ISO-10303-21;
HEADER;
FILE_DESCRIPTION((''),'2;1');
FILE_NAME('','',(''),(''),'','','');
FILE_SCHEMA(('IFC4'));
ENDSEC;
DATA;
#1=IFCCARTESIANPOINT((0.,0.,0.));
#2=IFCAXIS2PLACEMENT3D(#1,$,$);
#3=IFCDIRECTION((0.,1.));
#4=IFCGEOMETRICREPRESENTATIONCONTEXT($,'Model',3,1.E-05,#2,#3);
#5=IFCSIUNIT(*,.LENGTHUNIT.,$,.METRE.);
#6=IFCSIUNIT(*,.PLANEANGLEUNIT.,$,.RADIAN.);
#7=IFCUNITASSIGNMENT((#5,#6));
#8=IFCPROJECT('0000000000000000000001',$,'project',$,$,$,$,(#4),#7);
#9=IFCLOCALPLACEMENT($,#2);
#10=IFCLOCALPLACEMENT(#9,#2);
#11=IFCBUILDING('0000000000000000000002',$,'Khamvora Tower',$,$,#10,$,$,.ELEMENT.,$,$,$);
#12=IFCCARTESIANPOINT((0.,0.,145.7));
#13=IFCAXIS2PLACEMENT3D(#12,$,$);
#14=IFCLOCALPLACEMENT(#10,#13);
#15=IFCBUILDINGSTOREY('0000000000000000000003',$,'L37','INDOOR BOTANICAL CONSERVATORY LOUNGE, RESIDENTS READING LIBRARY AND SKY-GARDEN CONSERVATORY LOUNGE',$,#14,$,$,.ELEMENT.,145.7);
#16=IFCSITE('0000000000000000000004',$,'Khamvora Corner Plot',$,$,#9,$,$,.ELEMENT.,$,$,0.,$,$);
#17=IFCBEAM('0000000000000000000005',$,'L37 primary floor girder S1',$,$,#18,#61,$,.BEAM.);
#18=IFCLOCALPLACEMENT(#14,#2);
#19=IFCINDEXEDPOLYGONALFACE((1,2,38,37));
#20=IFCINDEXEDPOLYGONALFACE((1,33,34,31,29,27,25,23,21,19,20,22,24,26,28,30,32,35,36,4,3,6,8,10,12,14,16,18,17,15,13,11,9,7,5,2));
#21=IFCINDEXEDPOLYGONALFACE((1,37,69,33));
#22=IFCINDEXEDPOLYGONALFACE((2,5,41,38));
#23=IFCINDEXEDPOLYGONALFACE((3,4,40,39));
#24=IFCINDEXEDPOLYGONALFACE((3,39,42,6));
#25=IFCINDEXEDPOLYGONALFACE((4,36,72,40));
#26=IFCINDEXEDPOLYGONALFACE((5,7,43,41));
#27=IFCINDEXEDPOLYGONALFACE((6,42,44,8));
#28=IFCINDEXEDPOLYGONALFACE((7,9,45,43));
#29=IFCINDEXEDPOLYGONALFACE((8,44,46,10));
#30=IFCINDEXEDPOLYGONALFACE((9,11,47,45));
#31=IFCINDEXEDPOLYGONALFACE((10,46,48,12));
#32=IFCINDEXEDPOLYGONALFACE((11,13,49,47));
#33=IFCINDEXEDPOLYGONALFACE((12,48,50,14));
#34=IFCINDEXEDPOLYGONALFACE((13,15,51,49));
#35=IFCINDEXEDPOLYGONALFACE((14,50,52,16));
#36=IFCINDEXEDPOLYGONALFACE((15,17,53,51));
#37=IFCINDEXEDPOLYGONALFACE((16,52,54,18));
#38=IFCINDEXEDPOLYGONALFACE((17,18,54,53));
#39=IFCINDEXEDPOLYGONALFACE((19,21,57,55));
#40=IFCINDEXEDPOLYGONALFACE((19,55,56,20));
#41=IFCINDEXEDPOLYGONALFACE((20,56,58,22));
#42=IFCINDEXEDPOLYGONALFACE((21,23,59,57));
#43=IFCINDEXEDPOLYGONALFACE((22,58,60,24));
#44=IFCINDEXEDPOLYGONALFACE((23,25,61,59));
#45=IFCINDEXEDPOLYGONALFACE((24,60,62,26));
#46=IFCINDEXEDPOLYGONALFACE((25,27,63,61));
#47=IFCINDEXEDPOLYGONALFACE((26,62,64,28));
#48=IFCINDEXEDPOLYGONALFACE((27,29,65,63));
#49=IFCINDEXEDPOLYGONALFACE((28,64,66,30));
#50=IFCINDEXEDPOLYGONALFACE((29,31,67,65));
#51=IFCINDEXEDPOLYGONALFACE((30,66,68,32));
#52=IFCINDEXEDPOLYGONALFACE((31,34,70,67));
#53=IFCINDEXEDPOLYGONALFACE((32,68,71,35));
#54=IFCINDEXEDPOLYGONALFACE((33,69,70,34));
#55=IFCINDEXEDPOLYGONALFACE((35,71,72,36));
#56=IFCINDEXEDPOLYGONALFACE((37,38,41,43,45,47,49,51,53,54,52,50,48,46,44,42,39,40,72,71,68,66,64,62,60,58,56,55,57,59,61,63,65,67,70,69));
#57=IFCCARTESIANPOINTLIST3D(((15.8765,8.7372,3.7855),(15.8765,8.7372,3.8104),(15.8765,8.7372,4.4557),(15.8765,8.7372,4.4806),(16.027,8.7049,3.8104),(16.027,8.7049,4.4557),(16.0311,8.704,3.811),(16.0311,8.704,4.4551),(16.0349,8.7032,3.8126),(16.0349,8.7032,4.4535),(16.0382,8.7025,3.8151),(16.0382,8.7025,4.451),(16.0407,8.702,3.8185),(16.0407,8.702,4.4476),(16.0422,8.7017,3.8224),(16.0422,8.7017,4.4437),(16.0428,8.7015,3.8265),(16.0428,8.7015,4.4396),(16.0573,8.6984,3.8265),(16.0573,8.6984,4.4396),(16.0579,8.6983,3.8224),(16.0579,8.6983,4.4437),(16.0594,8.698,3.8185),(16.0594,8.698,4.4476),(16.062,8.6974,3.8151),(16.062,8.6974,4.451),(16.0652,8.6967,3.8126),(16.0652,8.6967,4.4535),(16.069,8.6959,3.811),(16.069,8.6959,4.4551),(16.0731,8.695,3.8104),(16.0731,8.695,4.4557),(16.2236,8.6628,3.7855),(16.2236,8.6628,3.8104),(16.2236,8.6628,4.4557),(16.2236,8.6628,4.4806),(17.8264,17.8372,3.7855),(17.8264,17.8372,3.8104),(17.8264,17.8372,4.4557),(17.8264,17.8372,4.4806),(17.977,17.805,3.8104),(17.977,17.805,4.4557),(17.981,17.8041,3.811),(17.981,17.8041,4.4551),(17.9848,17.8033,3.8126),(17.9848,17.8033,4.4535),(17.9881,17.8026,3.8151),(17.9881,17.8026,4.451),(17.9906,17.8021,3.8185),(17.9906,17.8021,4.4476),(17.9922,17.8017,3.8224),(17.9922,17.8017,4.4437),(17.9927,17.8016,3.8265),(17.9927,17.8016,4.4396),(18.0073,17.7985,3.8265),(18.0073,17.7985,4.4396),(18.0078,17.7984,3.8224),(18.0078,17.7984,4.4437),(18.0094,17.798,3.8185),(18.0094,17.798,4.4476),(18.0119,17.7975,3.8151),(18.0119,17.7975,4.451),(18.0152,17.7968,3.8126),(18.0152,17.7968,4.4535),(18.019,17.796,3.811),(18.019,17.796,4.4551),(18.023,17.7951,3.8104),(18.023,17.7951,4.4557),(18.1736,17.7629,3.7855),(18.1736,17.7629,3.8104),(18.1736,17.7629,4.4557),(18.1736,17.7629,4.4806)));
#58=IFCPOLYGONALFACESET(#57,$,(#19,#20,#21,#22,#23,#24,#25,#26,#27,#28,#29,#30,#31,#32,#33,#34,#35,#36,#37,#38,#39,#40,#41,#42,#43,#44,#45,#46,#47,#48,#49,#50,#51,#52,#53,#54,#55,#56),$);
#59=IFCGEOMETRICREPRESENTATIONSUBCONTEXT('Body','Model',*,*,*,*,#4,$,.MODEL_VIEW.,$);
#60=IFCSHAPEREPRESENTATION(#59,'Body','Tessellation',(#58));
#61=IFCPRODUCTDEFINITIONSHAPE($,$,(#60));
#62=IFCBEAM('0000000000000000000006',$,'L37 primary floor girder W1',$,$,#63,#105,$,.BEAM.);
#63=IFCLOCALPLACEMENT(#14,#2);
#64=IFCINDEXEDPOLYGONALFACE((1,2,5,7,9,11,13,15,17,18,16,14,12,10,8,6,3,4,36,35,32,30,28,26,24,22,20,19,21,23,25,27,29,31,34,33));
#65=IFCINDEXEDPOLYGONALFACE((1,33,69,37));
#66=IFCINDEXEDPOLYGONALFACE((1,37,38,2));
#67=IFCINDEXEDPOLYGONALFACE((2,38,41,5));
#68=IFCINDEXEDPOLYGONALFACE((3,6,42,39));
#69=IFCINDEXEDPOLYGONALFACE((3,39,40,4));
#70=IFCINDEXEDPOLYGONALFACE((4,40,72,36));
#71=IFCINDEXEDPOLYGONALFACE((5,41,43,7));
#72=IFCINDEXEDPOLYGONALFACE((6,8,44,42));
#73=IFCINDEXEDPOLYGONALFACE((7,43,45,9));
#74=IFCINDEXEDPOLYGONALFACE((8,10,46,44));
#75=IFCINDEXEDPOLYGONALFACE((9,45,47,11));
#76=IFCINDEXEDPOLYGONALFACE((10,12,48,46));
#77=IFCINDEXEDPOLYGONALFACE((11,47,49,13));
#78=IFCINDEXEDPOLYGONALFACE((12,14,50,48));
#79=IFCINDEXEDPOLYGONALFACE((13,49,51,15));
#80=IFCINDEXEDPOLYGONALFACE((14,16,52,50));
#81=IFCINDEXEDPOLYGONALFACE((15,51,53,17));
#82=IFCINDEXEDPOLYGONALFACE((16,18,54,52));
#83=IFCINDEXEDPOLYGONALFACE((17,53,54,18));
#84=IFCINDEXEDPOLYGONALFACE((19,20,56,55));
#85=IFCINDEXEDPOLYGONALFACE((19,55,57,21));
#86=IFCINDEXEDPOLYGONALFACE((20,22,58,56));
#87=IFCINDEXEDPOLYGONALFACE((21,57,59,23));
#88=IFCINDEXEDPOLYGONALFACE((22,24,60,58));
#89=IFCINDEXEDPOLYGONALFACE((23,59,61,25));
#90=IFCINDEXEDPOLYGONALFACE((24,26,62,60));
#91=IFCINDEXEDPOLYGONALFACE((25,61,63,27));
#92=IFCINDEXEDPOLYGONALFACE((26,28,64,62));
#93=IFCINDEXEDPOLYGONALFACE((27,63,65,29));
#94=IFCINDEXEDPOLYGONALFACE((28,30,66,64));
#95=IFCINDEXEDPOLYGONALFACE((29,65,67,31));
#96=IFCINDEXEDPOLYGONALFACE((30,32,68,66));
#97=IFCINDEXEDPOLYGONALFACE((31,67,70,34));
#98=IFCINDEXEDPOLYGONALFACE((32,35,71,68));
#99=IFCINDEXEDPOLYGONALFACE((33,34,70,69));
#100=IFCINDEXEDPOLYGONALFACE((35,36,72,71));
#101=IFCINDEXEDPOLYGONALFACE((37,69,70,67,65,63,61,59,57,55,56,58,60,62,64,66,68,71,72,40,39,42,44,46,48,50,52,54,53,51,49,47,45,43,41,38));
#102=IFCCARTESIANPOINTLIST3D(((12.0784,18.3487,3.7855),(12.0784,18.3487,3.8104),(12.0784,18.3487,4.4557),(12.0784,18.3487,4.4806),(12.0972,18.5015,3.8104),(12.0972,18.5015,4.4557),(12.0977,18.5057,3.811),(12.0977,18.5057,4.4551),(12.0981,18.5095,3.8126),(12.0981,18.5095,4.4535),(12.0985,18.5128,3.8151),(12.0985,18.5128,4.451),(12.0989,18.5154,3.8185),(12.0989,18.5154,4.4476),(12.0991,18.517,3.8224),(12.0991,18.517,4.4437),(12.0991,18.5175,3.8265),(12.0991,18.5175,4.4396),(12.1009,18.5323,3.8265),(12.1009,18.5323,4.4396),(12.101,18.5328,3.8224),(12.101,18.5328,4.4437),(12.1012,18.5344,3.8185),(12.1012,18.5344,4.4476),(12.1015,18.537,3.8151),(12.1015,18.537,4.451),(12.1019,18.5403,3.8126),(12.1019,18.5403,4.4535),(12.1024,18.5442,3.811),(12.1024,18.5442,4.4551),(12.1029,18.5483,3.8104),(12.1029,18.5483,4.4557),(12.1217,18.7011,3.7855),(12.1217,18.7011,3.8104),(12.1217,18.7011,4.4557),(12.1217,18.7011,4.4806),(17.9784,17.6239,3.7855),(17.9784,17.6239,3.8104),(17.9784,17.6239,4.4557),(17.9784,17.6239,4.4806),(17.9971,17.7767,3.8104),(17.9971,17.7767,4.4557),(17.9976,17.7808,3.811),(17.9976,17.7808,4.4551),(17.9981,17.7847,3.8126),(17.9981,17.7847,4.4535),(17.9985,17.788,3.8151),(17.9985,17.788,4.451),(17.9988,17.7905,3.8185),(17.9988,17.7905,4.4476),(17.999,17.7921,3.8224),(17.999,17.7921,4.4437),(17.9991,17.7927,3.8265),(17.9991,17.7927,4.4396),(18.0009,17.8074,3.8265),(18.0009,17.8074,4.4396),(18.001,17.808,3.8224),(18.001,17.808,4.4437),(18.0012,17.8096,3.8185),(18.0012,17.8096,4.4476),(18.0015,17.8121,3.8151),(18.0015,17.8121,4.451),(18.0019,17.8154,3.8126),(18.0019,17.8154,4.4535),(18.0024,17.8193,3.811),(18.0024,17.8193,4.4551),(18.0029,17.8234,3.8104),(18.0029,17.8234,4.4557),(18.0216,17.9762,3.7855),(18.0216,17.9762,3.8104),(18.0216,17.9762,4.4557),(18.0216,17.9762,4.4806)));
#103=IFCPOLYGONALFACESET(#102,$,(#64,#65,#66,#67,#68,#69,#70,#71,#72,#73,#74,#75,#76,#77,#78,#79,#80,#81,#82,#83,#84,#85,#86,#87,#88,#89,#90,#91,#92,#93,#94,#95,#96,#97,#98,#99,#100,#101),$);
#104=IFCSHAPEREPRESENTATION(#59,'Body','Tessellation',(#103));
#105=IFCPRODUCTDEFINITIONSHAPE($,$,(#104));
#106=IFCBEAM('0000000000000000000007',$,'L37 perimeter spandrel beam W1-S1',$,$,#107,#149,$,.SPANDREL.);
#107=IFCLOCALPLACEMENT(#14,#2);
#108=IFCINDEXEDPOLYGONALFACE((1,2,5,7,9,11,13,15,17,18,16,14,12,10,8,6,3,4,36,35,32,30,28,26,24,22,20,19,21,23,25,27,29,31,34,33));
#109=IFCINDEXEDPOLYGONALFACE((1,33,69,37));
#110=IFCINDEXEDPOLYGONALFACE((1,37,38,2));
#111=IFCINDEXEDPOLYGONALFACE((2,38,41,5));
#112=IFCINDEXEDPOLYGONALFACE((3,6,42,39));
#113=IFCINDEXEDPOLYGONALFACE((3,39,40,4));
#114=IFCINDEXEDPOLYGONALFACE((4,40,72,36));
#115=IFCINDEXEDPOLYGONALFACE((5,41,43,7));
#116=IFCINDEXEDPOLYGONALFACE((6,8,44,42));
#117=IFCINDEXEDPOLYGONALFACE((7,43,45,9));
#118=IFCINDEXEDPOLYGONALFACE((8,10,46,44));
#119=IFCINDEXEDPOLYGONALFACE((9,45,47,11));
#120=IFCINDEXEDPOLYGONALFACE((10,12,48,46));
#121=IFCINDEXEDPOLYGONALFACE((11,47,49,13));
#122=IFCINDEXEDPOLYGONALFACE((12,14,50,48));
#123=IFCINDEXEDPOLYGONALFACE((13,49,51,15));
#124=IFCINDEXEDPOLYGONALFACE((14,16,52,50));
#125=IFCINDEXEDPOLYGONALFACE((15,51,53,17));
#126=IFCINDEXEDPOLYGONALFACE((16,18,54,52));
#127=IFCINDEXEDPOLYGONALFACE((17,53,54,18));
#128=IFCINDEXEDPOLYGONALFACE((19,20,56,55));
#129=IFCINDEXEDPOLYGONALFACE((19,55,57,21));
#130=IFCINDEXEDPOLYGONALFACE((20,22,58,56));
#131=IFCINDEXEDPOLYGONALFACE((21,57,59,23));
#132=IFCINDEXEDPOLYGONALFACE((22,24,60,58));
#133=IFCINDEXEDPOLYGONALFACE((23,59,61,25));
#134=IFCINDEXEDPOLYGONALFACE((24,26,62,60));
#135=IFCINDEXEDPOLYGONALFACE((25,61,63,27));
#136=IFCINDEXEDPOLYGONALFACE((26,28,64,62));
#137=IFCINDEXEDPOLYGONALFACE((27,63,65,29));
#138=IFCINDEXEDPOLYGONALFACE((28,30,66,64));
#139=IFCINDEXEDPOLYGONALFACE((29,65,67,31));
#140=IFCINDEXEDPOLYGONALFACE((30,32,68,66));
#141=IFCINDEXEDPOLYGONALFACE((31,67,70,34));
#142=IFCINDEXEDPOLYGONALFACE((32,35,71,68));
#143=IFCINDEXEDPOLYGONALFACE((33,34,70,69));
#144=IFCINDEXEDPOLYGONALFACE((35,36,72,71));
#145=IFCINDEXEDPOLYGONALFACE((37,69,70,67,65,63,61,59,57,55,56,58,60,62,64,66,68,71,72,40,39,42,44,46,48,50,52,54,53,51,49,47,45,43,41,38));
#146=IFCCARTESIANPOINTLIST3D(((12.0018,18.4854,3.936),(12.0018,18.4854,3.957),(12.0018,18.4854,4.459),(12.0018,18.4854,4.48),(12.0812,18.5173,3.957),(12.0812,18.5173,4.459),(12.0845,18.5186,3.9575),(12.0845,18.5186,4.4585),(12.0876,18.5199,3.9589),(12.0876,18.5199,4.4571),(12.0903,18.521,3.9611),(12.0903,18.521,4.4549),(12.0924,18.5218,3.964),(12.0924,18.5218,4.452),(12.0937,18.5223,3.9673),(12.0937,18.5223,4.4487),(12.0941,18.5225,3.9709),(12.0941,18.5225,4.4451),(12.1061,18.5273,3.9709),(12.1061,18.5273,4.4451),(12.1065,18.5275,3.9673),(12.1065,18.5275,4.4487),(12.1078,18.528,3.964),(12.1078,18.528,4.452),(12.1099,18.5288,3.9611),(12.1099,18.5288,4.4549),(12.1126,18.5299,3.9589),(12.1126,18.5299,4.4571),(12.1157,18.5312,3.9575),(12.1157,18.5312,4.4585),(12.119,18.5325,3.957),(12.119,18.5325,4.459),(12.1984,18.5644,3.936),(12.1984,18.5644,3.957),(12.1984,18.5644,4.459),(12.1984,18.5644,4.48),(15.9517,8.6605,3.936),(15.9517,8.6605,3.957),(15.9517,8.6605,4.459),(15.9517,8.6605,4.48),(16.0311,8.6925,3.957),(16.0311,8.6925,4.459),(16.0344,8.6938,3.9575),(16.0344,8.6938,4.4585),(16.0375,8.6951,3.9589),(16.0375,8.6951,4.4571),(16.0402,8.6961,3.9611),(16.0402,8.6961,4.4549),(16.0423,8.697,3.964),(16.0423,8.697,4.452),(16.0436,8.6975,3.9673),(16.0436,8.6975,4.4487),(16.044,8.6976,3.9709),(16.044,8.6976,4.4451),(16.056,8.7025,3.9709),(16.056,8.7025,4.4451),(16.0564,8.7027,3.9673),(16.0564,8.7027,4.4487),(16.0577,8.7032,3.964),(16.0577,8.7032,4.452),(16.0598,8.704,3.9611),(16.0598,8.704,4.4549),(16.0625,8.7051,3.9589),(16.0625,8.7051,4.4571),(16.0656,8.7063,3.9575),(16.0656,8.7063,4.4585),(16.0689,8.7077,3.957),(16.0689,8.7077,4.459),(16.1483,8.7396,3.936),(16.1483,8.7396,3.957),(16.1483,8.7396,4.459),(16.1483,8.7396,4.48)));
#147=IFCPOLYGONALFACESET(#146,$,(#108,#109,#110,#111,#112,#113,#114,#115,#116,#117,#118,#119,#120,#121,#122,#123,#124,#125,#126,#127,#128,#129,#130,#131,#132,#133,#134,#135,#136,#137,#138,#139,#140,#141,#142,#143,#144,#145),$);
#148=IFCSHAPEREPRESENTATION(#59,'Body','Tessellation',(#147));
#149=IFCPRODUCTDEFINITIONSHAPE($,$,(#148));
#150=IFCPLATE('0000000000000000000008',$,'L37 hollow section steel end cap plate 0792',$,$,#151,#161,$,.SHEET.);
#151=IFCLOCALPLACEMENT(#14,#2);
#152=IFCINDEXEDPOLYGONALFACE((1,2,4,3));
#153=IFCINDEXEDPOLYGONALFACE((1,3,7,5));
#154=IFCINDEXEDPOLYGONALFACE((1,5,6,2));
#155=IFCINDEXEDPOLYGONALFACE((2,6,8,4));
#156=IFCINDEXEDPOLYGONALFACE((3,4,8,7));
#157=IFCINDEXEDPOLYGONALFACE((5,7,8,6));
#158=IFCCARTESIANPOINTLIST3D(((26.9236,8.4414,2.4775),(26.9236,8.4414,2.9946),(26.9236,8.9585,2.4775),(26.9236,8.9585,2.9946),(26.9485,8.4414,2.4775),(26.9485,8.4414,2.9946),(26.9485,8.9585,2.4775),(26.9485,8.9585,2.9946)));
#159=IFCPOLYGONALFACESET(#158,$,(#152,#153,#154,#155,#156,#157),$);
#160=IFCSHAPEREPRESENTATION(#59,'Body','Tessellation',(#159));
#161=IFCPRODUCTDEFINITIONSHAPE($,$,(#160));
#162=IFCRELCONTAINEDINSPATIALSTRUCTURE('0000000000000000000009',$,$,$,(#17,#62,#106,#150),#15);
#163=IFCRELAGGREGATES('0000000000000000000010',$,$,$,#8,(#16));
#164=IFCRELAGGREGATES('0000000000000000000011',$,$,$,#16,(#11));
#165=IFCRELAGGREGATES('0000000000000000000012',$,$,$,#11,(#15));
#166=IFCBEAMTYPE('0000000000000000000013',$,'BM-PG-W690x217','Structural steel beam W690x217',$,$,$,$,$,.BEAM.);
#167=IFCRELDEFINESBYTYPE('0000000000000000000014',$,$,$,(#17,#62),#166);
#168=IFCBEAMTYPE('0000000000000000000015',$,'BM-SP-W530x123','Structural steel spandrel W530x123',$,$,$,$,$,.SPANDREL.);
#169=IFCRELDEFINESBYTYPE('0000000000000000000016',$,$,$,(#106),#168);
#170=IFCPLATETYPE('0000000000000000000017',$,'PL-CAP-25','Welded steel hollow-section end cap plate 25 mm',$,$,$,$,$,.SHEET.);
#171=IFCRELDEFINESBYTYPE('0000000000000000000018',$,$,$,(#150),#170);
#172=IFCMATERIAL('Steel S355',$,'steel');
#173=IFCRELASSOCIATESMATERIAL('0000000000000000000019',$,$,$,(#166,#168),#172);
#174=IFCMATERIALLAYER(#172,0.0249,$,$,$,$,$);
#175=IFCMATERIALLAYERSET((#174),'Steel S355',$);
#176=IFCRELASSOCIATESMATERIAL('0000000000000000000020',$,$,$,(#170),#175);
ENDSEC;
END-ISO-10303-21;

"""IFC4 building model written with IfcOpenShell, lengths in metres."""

from ifc_helpers import new_model, si_unit, direction, frame, origin, origin_2d, place, context, subcontext, project, spatial, rectangle, i_section, extrude, material, layer, layer_set, material_profile, profile_set, type_object, element, save


model = new_model("IFC4")

# Units and contexts
model_context = context("Model", 3, precision=1e-05, world=origin(), true_north=direction((0.0, 1.0)))
body_context = subcontext(model_context, "Body", "Model", "MODEL_VIEW")
ifc_project = project(units=[si_unit("LENGTHUNIT", "METRE"), si_unit("PLANEANGLEUNIT", "RADIAN")], contexts=[model_context])

# Site, building, storey
site_placement = place(None, origin())
site = spatial("IfcSite", under=ifc_project, at=site_placement, Name="Khamvora Corner Plot", CompositionType="ELEMENT", RefElevation=0.0)
building_placement = place(site_placement, origin())
building = spatial("IfcBuilding", under=site, at=building_placement, Name="Khamvora Tower", CompositionType="ELEMENT")
storey_placement = place(building_placement, frame((0.0, 0.0, 145.7)))
storey = spatial("IfcBuildingStorey", under=building, at=storey_placement, Name="L37", Description="INDOOR BOTANICAL CONSERVATORY LOUNGE, RESIDENTS READING LIBRARY AND SKY-GARDEN CONSERVATORY LOUNGE", CompositionType="ELEMENT", Elevation=145.7)

# Shared definitions
ifc_material_1 = material(Name="Steel S355", Category="steel")

# Beams
ifc_material_profile_1 = material_profile(ifc_material_1, i_section(OverallWidth=0.355, OverallDepth=0.6951, WebThickness=0.0149, FlangeThickness=0.0249, FilletRadius=0.0161, at=origin_2d()), Name="W690x217")
ifc_profile_set_1 = profile_set([ifc_material_profile_1], Name="Steel S355")
beam_type_1 = type_object("IfcBeamType", Name="BM-PG-W690x217", Description="Structural steel beam W690x217", PredefinedType="BEAM", material=ifc_profile_set_1)
beam_1_placement = place(storey_placement, frame((18.0, 17.8, 4.1331), z_axis=(-0.209522, -0.977804, 0.0), x_axis=(0.977804, -0.209522, 0.0)))
element("IfcBeam", 1, at=beam_1_placement, inside=storey, type_object=beam_type_1, Name="L37 primary floor girder S1", PredefinedType="BEAM", context=body_context, shape_type="SweptSolid", body=[
    extrude(i_section(OverallWidth=0.355, OverallDepth=0.6951, WebThickness=0.0149, FlangeThickness=0.0249, FilletRadius=0.0161, at=origin_2d()), origin(), (0.0, 0.0, 1.0), 9.3066),
])
beam_2_placement = place(storey_placement, frame((18.0, 17.8, 4.1331), z_axis=(-0.992537, 0.121942, 0.0), x_axis=(-0.121942, -0.992537, 0.0)))
element("IfcBeam", 2, at=beam_2_placement, inside=storey, type_object=beam_type_1, Name="L37 primary floor girder W1", PredefinedType="BEAM", context=body_context, shape_type="SweptSolid", body=[
    extrude(i_section(OverallWidth=0.355, OverallDepth=0.6951, WebThickness=0.0149, FlangeThickness=0.0249, FilletRadius=0.0161, at=origin_2d()), origin(), (0.0, 0.0, 1.0), 5.9443),
])
ifc_material_profile_2 = material_profile(ifc_material_1, i_section(OverallWidth=0.2119, OverallDepth=0.5439, WebThickness=0.0129, FlangeThickness=0.021, FilletRadius=0.0139, at=origin_2d()), Name="W530x123")
ifc_profile_set_2 = profile_set([ifc_material_profile_2], Name="Steel S355")
beam_type_2 = type_object("IfcBeamType", Name="BM-SP-W530x123", Description="Structural steel spandrel W530x123", PredefinedType="SPANDREL", material=ifc_profile_set_2)
beam_3_placement = place(storey_placement, frame((12.1001, 18.5249, 4.208), z_axis=(0.373016, -0.927825, 0.0), x_axis=(0.927825, 0.373016, 0.0)))
element("IfcBeam", 3, at=beam_3_placement, inside=storey, type_object=beam_type_2, Name="L37 perimeter spandrel beam W1-S1", PredefinedType="SPANDREL", context=body_context, shape_type="SweptSolid", body=[
    extrude(i_section(OverallWidth=0.2119, OverallDepth=0.5439, WebThickness=0.0129, FlangeThickness=0.021, FilletRadius=0.0139, at=origin_2d()), origin(), (0.0, 0.0, 1.0), 10.5891),
])

# Plate
ifc_layer_1 = layer(ifc_material_1, 0.0249)
ifc_layer_set_1 = layer_set([ifc_layer_1], Name="Steel S355")
plate_type = type_object("IfcPlateType", Name="PL-CAP-25", Description="Welded steel hollow-section end cap plate 25 mm", PredefinedType="SHEET", material=ifc_layer_set_1)
plate_placement = place(storey_placement, frame((26.936, 8.7, 2.4775), z_axis=(0.0, 0.0, 1.0), x_axis=(-1.0, 0.0, 0.0)))
element("IfcPlate", 4, at=plate_placement, inside=storey, type_object=plate_type, Name="L37 hollow section steel end cap plate 0792", PredefinedType="SHEET", context=body_context, shape_type="SweptSolid", body=[
    extrude(rectangle(XDim=0.0249, YDim=0.5171, at=origin_2d()), origin(), (0.0, 0.0, 1.0), 0.5171),
])

save(model, "model.ifc")
